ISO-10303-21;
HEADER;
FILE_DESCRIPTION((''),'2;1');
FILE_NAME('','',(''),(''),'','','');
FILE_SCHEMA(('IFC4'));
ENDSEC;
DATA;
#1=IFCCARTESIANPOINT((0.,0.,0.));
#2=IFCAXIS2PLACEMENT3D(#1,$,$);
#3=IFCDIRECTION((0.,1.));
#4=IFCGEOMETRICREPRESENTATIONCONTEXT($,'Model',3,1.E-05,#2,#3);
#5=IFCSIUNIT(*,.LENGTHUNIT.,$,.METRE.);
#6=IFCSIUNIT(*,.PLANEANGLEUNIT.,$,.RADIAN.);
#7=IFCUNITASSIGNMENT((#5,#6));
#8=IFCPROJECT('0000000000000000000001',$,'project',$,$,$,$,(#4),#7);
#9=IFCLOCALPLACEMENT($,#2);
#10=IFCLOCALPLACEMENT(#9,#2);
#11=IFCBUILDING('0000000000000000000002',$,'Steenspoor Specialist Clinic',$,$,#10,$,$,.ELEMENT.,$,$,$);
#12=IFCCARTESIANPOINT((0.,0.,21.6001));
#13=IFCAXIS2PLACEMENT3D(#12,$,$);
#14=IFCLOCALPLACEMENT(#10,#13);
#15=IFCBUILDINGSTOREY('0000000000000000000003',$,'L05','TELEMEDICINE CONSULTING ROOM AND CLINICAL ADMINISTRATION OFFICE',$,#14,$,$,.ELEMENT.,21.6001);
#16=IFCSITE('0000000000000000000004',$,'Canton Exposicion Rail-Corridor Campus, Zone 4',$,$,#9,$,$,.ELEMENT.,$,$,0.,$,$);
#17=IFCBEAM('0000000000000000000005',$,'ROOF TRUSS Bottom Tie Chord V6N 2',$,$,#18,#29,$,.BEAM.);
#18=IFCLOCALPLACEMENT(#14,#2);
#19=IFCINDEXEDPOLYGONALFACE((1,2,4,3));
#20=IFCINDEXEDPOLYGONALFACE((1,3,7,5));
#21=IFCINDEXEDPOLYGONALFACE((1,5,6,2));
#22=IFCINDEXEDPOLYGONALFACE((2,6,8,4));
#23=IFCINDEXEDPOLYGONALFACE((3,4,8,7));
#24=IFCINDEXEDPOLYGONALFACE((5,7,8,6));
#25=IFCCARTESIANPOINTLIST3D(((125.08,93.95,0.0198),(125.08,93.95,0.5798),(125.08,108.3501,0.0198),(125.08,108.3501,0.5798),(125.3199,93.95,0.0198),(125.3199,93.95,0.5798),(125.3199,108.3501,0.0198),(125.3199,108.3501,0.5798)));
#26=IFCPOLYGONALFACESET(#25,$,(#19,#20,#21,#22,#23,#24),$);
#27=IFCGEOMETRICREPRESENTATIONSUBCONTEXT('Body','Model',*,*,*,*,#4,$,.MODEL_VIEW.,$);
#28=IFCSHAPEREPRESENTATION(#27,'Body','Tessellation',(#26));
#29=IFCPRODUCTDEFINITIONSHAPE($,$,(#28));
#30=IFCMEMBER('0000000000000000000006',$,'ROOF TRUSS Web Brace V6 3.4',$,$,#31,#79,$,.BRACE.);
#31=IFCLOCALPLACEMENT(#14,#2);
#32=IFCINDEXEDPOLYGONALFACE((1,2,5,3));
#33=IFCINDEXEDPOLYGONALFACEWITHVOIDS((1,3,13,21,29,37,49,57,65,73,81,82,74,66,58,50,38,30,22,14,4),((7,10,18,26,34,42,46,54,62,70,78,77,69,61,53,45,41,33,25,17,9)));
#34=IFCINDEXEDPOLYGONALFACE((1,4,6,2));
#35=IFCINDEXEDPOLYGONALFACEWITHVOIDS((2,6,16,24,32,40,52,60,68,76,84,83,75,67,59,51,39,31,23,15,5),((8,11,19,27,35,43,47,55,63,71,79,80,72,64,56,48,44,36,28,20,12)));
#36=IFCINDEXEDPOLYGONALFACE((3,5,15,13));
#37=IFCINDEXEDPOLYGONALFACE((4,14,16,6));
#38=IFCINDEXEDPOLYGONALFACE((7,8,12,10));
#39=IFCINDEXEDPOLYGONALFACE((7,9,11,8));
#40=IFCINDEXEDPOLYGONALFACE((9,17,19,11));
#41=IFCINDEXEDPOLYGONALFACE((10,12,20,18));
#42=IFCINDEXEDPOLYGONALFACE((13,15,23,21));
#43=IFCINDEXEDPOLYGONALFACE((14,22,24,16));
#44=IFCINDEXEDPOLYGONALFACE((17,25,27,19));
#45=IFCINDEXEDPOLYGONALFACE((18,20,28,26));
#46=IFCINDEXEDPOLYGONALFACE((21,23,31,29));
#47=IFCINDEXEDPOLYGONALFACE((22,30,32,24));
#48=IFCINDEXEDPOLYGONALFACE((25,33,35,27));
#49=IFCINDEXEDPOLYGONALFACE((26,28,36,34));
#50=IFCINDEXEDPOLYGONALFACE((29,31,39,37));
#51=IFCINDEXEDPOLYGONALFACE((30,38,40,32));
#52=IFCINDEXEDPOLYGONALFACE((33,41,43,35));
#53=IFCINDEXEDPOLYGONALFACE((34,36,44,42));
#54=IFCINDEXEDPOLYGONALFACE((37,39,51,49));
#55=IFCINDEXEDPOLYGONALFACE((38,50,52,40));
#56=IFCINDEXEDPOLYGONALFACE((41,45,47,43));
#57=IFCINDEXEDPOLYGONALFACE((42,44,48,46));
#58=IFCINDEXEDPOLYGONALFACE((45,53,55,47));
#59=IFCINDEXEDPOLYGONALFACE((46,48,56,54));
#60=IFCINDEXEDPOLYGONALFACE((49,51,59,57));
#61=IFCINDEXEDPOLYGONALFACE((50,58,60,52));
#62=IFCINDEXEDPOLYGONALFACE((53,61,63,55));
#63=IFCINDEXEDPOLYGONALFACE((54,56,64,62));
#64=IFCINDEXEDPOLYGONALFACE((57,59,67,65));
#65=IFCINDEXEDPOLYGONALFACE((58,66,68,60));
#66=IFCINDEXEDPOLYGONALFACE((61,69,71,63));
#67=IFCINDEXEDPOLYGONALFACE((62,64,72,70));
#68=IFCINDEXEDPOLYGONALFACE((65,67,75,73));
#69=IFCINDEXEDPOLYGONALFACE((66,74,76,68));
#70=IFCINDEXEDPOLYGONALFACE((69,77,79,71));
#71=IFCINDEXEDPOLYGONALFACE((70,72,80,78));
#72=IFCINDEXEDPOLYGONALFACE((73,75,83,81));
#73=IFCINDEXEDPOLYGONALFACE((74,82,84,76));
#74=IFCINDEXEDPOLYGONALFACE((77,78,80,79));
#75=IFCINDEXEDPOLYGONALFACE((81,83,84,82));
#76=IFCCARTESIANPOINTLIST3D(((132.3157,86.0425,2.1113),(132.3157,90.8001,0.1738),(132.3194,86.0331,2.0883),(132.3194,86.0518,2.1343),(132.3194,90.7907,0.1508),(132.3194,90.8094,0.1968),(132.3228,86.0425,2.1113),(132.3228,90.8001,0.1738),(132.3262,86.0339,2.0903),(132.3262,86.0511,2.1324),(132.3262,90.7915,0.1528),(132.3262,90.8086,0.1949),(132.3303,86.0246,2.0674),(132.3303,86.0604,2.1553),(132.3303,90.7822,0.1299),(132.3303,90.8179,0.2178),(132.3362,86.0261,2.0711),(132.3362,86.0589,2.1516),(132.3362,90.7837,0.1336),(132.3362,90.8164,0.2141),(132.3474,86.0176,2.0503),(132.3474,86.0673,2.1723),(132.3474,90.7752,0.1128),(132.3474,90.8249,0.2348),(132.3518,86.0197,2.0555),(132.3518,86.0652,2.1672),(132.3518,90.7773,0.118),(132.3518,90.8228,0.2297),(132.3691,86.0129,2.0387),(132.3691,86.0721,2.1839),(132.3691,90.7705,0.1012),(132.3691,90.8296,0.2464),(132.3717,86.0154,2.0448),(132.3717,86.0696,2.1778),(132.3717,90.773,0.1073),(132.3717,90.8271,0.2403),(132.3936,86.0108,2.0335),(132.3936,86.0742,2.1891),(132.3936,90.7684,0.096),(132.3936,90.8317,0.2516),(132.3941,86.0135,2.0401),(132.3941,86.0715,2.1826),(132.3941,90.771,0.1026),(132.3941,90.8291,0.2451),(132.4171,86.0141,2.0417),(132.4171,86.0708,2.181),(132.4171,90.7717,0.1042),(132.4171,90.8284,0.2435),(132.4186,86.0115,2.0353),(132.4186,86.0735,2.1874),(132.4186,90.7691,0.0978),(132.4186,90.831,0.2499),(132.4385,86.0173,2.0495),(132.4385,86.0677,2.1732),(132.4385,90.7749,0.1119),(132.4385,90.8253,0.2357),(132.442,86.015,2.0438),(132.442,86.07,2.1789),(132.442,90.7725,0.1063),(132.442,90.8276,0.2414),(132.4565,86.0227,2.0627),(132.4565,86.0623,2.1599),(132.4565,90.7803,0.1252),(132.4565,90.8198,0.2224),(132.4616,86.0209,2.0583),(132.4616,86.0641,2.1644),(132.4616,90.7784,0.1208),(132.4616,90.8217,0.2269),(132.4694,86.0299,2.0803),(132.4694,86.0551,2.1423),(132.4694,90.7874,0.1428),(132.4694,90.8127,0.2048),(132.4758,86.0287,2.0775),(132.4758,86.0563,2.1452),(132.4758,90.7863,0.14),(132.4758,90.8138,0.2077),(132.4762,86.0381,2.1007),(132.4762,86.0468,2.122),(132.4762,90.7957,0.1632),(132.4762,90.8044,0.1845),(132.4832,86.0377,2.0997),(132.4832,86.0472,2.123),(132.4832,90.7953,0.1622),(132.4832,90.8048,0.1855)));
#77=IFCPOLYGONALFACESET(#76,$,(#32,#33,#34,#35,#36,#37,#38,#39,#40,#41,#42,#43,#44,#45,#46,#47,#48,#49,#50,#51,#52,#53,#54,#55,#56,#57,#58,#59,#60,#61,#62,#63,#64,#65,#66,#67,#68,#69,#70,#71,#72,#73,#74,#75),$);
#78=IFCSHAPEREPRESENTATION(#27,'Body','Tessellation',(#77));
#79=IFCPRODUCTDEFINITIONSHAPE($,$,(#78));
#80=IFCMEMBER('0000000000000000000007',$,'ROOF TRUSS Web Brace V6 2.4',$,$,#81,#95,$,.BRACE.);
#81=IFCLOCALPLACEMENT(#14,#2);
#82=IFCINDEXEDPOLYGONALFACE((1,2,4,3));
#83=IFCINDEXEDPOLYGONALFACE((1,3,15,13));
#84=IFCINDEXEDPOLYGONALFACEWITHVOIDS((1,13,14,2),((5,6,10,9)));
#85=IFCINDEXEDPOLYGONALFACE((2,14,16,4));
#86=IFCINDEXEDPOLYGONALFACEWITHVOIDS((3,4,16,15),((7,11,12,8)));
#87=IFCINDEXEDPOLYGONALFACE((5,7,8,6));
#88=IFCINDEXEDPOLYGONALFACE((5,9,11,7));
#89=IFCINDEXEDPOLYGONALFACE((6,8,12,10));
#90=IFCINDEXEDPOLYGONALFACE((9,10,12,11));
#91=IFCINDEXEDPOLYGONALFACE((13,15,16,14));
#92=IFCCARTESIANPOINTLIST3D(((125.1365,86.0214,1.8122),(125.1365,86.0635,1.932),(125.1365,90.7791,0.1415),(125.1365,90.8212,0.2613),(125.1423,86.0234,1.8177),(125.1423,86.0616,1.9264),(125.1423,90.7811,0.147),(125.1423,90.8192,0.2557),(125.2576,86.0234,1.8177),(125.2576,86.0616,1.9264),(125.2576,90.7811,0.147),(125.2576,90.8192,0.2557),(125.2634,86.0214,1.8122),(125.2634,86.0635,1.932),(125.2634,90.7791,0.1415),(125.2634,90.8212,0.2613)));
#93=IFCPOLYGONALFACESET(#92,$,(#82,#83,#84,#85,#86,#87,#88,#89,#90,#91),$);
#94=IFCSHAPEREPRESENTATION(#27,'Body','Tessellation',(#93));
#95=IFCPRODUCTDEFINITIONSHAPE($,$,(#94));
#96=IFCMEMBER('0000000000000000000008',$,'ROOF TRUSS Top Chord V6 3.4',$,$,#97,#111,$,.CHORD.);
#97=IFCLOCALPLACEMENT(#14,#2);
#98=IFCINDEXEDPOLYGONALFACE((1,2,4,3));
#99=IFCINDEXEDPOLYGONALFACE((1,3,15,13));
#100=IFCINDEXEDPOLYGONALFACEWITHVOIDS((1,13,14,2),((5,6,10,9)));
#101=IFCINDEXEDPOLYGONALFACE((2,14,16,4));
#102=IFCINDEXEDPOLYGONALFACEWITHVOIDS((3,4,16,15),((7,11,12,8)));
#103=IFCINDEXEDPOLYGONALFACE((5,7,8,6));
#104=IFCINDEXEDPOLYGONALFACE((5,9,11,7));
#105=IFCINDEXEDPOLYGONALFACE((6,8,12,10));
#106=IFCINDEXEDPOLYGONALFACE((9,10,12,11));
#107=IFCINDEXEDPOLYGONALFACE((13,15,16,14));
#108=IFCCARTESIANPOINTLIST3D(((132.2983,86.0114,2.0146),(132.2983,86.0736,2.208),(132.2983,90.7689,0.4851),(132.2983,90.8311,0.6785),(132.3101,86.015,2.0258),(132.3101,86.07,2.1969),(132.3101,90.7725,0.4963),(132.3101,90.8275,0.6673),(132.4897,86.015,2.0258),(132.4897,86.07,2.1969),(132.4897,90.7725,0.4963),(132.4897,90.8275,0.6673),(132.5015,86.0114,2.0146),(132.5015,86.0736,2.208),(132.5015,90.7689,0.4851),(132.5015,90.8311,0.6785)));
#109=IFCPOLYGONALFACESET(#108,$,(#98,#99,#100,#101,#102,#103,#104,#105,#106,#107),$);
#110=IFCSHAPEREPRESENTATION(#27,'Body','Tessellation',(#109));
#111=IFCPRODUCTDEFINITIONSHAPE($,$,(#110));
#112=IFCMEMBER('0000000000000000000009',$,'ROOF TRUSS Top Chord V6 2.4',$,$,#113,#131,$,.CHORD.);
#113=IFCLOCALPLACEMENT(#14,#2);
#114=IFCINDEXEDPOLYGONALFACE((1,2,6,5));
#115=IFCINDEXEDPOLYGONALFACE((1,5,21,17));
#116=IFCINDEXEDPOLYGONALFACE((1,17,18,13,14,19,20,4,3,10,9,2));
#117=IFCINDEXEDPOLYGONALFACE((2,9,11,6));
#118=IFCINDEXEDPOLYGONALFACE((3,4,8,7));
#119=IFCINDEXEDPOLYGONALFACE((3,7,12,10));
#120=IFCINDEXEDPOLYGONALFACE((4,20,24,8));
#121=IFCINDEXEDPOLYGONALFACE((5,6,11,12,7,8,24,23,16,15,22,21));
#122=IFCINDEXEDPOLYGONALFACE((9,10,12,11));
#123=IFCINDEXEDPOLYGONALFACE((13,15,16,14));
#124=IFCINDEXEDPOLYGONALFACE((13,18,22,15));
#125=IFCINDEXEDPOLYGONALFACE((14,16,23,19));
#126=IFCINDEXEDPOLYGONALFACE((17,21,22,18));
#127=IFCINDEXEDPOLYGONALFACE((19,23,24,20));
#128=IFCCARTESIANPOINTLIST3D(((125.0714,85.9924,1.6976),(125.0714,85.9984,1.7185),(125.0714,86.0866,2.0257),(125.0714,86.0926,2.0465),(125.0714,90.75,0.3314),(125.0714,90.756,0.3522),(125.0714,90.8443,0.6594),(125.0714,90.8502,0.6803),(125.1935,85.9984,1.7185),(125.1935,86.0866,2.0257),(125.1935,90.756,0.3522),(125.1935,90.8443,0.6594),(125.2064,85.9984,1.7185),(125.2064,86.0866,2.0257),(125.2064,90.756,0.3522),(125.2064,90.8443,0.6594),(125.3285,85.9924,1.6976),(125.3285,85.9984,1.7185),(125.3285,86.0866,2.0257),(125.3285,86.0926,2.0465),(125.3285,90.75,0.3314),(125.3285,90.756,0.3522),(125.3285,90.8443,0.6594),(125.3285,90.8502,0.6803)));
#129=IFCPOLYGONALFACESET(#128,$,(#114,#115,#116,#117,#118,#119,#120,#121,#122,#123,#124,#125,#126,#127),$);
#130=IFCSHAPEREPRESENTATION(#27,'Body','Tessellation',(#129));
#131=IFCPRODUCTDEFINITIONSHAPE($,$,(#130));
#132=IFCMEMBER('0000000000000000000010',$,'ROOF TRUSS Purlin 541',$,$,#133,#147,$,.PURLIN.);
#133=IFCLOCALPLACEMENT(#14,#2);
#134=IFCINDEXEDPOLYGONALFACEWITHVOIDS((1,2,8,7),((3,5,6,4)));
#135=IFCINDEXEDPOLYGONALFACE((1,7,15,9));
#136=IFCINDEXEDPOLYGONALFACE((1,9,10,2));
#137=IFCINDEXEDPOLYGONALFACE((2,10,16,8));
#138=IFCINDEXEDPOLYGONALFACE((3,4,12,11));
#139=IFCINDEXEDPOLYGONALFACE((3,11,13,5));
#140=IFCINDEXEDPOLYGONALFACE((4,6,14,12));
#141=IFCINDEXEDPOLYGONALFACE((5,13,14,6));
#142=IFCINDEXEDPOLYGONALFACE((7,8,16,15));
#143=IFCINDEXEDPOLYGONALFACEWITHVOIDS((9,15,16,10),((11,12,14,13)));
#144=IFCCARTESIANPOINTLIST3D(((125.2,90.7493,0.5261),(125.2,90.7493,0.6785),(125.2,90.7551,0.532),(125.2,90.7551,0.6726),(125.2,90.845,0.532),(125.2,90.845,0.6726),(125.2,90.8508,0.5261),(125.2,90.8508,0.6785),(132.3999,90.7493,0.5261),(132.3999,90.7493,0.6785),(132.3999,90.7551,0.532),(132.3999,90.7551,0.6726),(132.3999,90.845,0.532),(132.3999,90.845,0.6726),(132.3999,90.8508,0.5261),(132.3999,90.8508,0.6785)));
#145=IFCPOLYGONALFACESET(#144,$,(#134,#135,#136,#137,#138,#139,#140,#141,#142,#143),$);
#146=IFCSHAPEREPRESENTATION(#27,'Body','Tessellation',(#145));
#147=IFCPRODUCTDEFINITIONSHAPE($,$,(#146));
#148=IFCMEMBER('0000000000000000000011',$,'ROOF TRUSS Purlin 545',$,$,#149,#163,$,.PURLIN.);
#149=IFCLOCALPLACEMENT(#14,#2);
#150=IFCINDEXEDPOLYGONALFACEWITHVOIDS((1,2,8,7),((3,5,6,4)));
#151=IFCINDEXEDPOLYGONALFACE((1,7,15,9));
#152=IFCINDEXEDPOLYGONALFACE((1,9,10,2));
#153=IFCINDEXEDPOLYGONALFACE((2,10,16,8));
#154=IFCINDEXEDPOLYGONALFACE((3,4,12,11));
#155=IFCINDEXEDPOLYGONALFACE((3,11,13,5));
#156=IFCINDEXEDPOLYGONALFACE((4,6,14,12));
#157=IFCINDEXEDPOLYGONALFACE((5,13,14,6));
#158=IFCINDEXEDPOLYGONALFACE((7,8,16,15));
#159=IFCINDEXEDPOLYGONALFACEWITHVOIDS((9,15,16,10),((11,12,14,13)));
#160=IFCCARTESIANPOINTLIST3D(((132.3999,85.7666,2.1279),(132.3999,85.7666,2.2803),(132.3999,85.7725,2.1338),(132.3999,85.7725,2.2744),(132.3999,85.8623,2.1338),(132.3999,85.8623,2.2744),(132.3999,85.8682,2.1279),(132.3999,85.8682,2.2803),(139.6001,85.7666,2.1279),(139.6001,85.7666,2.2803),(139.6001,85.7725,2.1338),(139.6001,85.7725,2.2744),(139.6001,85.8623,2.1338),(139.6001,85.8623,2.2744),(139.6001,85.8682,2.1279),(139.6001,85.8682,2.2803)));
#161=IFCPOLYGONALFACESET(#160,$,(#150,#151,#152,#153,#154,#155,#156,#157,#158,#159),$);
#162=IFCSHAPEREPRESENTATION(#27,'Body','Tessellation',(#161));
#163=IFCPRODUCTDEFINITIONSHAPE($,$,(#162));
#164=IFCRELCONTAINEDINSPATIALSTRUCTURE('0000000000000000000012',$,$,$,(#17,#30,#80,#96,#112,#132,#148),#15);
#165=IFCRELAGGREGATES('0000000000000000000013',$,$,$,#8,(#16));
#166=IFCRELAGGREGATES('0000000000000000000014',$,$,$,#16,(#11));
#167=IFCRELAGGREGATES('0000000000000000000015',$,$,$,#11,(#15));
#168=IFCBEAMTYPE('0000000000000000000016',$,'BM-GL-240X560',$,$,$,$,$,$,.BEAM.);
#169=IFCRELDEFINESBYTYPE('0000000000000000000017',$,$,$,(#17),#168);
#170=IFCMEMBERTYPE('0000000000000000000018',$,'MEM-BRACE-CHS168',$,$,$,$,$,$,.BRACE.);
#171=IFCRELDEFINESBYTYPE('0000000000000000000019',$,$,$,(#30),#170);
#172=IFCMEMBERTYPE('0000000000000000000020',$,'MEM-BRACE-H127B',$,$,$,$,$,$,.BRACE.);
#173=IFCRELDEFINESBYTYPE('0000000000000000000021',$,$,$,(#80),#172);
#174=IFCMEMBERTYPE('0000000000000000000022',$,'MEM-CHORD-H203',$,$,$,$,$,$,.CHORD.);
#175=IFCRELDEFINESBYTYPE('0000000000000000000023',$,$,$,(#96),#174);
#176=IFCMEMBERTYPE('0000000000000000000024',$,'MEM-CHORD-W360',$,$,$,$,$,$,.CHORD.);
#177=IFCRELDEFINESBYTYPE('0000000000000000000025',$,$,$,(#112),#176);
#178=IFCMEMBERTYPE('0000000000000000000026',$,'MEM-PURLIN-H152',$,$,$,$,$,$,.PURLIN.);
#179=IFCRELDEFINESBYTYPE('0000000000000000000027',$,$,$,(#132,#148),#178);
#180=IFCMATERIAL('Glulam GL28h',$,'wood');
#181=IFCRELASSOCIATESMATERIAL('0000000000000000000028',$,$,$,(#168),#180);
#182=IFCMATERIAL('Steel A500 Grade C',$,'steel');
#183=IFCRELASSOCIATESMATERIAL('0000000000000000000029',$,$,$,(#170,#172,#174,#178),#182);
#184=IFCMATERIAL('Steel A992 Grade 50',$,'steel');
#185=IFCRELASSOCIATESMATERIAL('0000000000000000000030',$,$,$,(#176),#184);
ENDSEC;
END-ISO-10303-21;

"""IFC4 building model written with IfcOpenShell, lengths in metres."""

from ifc_helpers import new_model, si_unit, direction, frame, origin, origin_2d, place, context, subcontext, project, spatial, rectangle, hollow_rectangle, hollow_circle, i_section, extrude, material, material_profile, profile_set, type_object, element, save


model = new_model("IFC4")

# Units and contexts
model_context = context("Model", 3, precision=1e-05, world=origin(), true_north=direction((0.0, 1.0)))
body_context = subcontext(model_context, "Body", "Model", "MODEL_VIEW")
ifc_project = project(units=[si_unit("LENGTHUNIT", "METRE"), si_unit("PLANEANGLEUNIT", "RADIAN")], contexts=[model_context])

# Site, building, storey
site_placement = place(None, origin())
site = spatial("IfcSite", under=ifc_project, at=site_placement, Name="Canton Exposicion Rail-Corridor Campus, Zone 4", CompositionType="ELEMENT", RefElevation=0.0)
building_placement = place(site_placement, origin())
building = spatial("IfcBuilding", under=site, at=building_placement, Name="Steenspoor Specialist Clinic", CompositionType="ELEMENT")
storey_placement = place(building_placement, frame((0.0, 0.0, 21.6001)))
storey = spatial("IfcBuildingStorey", under=building, at=storey_placement, Name="L05", Description="TELEMEDICINE CONSULTING ROOM AND CLINICAL ADMINISTRATION OFFICE", CompositionType="ELEMENT", Elevation=21.6001)

# Beam
ifc_material_1 = material(Name="Glulam GL28h", Category="wood")
ifc_material_profile_1 = material_profile(ifc_material_1, rectangle(XDim=0.24, YDim=0.5601, at=origin_2d()), Name="GL28H-240X560")
ifc_profile_set_1 = profile_set([ifc_material_profile_1], Name="Glulam GL28h")
beam_type = type_object("IfcBeamType", Name="BM-GL-240X560", PredefinedType="BEAM", material=ifc_profile_set_1)
beam_placement = place(storey_placement, frame((125.2, 93.95, 0.2998), z_axis=(0.0, 1.0, 0.0), x_axis=(-1.0, 0.0, 0.0)))
element("IfcBeam", 1, at=beam_placement, inside=storey, type_object=beam_type, Name="ROOF TRUSS Bottom Tie Chord V6N 2", PredefinedType="BEAM", context=body_context, shape_type="SweptSolid", body=[
    extrude(rectangle(XDim=0.24, YDim=0.5601, at=origin_2d()), origin(), (0.0, 0.0, 1.0), 14.4001),
])

# Members
ifc_material_2 = material(Name="Steel A500 Grade C", Category="steel")
ifc_material_profile_2 = material_profile(ifc_material_2, hollow_circle(Radius=0.0842, WallThickness=0.0071, at=origin_2d()), Name="CHS168X7.1")
ifc_profile_set_2 = profile_set([ifc_material_profile_2], Name="Steel A500 Grade C")
member_type_1 = type_object("IfcMemberType", Name="MEM-BRACE-CHS168", PredefinedType="BRACE", material=ifc_profile_set_2)
member_1_placement = place(storey_placement, frame((132.3999, 86.0425, 2.1113), z_axis=(0.0, 0.926145, -0.377169), x_axis=(-1.0, 0.0, 0.0)))
element("IfcMember", 2, at=member_1_placement, inside=storey, type_object=member_type_1, Name="ROOF TRUSS Web Brace V6 3.4", PredefinedType="BRACE", context=body_context, shape_type="SweptSolid", body=[
    extrude(hollow_circle(Radius=0.0842, WallThickness=0.0071, at=origin_2d()), origin(), (0.0, 0.0, 1.0), 5.137),
])
ifc_material_profile_3 = material_profile(ifc_material_2, hollow_rectangle(XDim=0.127, YDim=0.127, WallThickness=0.0059, at=origin_2d()), Name="HSS127X127X6.4")
ifc_profile_set_3 = profile_set([ifc_material_profile_3], Name="Steel A500 Grade C")
member_type_2 = type_object("IfcMemberType", Name="MEM-BRACE-H127B", PredefinedType="BRACE", material=ifc_profile_set_3)
member_2_placement = place(storey_placement, frame((125.2, 86.0425, 1.8721), z_axis=(0.0, 0.943517, -0.331323), x_axis=(-1.0, 0.0, 0.0)))
element("IfcMember", 3, at=member_2_placement, inside=storey, type_object=member_type_2, Name="ROOF TRUSS Web Brace V6 2.4", PredefinedType="BRACE", context=body_context, shape_type="SweptSolid", body=[
    extrude(hollow_rectangle(XDim=0.127, YDim=0.127, WallThickness=0.0059, at=origin_2d()), origin(), (0.0, 0.0, 1.0), 5.0425),
])
ifc_material_profile_4 = material_profile(ifc_material_2, hollow_rectangle(XDim=0.2031, YDim=0.2031, WallThickness=0.0117, at=origin_2d()), Name="HSS203X203X12.7")
ifc_profile_set_4 = profile_set([ifc_material_profile_4], Name="Steel A500 Grade C")
member_type_3 = type_object("IfcMemberType", Name="MEM-CHORD-H203", PredefinedType="CHORD", material=ifc_profile_set_4)
member_3_placement = place(storey_placement, frame((132.3999, 86.0425, 2.1113), z_axis=(0.0, 0.95201, -0.306068), x_axis=(-1.0, 0.0, 0.0)))
element("IfcMember", 4, at=member_3_placement, inside=storey, type_object=member_type_3, Name="ROOF TRUSS Top Chord V6 3.4", PredefinedType="CHORD", context=body_context, shape_type="SweptSolid", body=[
    extrude(hollow_rectangle(XDim=0.2031, YDim=0.2031, WallThickness=0.0117, at=origin_2d()), origin(), (0.0, 0.0, 1.0), 4.9973),
])
ifc_material_3 = material(Name="Steel A992 Grade 50", Category="steel")
ifc_material_profile_5 = material_profile(ifc_material_3, i_section(OverallWidth=0.2571, OverallDepth=0.363, WebThickness=0.0129, FlangeThickness=0.0217, at=origin_2d()), Name="W360X122")
ifc_profile_set_5 = profile_set([ifc_material_profile_5], Name="Steel A992 Grade 50")
member_type_4 = type_object("IfcMemberType", Name="MEM-CHORD-W360", PredefinedType="CHORD", material=ifc_profile_set_5)
member_4_placement = place(storey_placement, frame((125.2, 86.0425, 1.8721), z_axis=(0.0, 0.961155, -0.276011), x_axis=(-1.0, 0.0, 0.0)))
element("IfcMember", 5, at=member_4_placement, inside=storey, type_object=member_type_4, Name="ROOF TRUSS Top Chord V6 2.4", PredefinedType="CHORD", context=body_context, shape_type="SweptSolid", body=[
    extrude(i_section(OverallWidth=0.2571, OverallDepth=0.363, WebThickness=0.0129, FlangeThickness=0.0217, at=origin_2d()), origin(), (0.0, 0.0, 1.0), 4.95),
])
ifc_material_profile_6 = material_profile(ifc_material_2, hollow_rectangle(XDim=0.1016, YDim=0.1523, WallThickness=0.0059, at=origin_2d()), Name="HSS152X102X6.4")
ifc_profile_set_6 = profile_set([ifc_material_profile_6], Name="Steel A500 Grade C")
member_type_5 = type_object("IfcMemberType", Name="MEM-PURLIN-H152", PredefinedType="PURLIN", material=ifc_profile_set_6)
member_5_placement = place(storey_placement, frame((125.2, 90.8, 0.6023), z_axis=(1.0, 0.0, 0.0), x_axis=(0.0, 1.0, 0.0)))
element("IfcMember", 6, at=member_5_placement, inside=storey, type_object=member_type_5, Name="ROOF TRUSS Purlin 541", PredefinedType="PURLIN", context=body_context, shape_type="SweptSolid", body=[
    extrude(hollow_rectangle(XDim=0.1016, YDim=0.1523, WallThickness=0.0059, at=origin_2d()), origin(), (0.0, 0.0, 1.0), 7.2),
])
member_6_placement = place(storey_placement, frame((132.3999, 85.8174, 2.2041), z_axis=(1.0, 0.0, 0.0), x_axis=(0.0, 1.0, 0.0)))
element("IfcMember", 7, at=member_6_placement, inside=storey, type_object=member_type_5, Name="ROOF TRUSS Purlin 545", PredefinedType="PURLIN", context=body_context, shape_type="SweptSolid", body=[
    extrude(hollow_rectangle(XDim=0.1016, YDim=0.1523, WallThickness=0.0059, at=origin_2d()), origin(), (0.0, 0.0, 1.0), 7.2002),
])

save(model, "model.ifc")
